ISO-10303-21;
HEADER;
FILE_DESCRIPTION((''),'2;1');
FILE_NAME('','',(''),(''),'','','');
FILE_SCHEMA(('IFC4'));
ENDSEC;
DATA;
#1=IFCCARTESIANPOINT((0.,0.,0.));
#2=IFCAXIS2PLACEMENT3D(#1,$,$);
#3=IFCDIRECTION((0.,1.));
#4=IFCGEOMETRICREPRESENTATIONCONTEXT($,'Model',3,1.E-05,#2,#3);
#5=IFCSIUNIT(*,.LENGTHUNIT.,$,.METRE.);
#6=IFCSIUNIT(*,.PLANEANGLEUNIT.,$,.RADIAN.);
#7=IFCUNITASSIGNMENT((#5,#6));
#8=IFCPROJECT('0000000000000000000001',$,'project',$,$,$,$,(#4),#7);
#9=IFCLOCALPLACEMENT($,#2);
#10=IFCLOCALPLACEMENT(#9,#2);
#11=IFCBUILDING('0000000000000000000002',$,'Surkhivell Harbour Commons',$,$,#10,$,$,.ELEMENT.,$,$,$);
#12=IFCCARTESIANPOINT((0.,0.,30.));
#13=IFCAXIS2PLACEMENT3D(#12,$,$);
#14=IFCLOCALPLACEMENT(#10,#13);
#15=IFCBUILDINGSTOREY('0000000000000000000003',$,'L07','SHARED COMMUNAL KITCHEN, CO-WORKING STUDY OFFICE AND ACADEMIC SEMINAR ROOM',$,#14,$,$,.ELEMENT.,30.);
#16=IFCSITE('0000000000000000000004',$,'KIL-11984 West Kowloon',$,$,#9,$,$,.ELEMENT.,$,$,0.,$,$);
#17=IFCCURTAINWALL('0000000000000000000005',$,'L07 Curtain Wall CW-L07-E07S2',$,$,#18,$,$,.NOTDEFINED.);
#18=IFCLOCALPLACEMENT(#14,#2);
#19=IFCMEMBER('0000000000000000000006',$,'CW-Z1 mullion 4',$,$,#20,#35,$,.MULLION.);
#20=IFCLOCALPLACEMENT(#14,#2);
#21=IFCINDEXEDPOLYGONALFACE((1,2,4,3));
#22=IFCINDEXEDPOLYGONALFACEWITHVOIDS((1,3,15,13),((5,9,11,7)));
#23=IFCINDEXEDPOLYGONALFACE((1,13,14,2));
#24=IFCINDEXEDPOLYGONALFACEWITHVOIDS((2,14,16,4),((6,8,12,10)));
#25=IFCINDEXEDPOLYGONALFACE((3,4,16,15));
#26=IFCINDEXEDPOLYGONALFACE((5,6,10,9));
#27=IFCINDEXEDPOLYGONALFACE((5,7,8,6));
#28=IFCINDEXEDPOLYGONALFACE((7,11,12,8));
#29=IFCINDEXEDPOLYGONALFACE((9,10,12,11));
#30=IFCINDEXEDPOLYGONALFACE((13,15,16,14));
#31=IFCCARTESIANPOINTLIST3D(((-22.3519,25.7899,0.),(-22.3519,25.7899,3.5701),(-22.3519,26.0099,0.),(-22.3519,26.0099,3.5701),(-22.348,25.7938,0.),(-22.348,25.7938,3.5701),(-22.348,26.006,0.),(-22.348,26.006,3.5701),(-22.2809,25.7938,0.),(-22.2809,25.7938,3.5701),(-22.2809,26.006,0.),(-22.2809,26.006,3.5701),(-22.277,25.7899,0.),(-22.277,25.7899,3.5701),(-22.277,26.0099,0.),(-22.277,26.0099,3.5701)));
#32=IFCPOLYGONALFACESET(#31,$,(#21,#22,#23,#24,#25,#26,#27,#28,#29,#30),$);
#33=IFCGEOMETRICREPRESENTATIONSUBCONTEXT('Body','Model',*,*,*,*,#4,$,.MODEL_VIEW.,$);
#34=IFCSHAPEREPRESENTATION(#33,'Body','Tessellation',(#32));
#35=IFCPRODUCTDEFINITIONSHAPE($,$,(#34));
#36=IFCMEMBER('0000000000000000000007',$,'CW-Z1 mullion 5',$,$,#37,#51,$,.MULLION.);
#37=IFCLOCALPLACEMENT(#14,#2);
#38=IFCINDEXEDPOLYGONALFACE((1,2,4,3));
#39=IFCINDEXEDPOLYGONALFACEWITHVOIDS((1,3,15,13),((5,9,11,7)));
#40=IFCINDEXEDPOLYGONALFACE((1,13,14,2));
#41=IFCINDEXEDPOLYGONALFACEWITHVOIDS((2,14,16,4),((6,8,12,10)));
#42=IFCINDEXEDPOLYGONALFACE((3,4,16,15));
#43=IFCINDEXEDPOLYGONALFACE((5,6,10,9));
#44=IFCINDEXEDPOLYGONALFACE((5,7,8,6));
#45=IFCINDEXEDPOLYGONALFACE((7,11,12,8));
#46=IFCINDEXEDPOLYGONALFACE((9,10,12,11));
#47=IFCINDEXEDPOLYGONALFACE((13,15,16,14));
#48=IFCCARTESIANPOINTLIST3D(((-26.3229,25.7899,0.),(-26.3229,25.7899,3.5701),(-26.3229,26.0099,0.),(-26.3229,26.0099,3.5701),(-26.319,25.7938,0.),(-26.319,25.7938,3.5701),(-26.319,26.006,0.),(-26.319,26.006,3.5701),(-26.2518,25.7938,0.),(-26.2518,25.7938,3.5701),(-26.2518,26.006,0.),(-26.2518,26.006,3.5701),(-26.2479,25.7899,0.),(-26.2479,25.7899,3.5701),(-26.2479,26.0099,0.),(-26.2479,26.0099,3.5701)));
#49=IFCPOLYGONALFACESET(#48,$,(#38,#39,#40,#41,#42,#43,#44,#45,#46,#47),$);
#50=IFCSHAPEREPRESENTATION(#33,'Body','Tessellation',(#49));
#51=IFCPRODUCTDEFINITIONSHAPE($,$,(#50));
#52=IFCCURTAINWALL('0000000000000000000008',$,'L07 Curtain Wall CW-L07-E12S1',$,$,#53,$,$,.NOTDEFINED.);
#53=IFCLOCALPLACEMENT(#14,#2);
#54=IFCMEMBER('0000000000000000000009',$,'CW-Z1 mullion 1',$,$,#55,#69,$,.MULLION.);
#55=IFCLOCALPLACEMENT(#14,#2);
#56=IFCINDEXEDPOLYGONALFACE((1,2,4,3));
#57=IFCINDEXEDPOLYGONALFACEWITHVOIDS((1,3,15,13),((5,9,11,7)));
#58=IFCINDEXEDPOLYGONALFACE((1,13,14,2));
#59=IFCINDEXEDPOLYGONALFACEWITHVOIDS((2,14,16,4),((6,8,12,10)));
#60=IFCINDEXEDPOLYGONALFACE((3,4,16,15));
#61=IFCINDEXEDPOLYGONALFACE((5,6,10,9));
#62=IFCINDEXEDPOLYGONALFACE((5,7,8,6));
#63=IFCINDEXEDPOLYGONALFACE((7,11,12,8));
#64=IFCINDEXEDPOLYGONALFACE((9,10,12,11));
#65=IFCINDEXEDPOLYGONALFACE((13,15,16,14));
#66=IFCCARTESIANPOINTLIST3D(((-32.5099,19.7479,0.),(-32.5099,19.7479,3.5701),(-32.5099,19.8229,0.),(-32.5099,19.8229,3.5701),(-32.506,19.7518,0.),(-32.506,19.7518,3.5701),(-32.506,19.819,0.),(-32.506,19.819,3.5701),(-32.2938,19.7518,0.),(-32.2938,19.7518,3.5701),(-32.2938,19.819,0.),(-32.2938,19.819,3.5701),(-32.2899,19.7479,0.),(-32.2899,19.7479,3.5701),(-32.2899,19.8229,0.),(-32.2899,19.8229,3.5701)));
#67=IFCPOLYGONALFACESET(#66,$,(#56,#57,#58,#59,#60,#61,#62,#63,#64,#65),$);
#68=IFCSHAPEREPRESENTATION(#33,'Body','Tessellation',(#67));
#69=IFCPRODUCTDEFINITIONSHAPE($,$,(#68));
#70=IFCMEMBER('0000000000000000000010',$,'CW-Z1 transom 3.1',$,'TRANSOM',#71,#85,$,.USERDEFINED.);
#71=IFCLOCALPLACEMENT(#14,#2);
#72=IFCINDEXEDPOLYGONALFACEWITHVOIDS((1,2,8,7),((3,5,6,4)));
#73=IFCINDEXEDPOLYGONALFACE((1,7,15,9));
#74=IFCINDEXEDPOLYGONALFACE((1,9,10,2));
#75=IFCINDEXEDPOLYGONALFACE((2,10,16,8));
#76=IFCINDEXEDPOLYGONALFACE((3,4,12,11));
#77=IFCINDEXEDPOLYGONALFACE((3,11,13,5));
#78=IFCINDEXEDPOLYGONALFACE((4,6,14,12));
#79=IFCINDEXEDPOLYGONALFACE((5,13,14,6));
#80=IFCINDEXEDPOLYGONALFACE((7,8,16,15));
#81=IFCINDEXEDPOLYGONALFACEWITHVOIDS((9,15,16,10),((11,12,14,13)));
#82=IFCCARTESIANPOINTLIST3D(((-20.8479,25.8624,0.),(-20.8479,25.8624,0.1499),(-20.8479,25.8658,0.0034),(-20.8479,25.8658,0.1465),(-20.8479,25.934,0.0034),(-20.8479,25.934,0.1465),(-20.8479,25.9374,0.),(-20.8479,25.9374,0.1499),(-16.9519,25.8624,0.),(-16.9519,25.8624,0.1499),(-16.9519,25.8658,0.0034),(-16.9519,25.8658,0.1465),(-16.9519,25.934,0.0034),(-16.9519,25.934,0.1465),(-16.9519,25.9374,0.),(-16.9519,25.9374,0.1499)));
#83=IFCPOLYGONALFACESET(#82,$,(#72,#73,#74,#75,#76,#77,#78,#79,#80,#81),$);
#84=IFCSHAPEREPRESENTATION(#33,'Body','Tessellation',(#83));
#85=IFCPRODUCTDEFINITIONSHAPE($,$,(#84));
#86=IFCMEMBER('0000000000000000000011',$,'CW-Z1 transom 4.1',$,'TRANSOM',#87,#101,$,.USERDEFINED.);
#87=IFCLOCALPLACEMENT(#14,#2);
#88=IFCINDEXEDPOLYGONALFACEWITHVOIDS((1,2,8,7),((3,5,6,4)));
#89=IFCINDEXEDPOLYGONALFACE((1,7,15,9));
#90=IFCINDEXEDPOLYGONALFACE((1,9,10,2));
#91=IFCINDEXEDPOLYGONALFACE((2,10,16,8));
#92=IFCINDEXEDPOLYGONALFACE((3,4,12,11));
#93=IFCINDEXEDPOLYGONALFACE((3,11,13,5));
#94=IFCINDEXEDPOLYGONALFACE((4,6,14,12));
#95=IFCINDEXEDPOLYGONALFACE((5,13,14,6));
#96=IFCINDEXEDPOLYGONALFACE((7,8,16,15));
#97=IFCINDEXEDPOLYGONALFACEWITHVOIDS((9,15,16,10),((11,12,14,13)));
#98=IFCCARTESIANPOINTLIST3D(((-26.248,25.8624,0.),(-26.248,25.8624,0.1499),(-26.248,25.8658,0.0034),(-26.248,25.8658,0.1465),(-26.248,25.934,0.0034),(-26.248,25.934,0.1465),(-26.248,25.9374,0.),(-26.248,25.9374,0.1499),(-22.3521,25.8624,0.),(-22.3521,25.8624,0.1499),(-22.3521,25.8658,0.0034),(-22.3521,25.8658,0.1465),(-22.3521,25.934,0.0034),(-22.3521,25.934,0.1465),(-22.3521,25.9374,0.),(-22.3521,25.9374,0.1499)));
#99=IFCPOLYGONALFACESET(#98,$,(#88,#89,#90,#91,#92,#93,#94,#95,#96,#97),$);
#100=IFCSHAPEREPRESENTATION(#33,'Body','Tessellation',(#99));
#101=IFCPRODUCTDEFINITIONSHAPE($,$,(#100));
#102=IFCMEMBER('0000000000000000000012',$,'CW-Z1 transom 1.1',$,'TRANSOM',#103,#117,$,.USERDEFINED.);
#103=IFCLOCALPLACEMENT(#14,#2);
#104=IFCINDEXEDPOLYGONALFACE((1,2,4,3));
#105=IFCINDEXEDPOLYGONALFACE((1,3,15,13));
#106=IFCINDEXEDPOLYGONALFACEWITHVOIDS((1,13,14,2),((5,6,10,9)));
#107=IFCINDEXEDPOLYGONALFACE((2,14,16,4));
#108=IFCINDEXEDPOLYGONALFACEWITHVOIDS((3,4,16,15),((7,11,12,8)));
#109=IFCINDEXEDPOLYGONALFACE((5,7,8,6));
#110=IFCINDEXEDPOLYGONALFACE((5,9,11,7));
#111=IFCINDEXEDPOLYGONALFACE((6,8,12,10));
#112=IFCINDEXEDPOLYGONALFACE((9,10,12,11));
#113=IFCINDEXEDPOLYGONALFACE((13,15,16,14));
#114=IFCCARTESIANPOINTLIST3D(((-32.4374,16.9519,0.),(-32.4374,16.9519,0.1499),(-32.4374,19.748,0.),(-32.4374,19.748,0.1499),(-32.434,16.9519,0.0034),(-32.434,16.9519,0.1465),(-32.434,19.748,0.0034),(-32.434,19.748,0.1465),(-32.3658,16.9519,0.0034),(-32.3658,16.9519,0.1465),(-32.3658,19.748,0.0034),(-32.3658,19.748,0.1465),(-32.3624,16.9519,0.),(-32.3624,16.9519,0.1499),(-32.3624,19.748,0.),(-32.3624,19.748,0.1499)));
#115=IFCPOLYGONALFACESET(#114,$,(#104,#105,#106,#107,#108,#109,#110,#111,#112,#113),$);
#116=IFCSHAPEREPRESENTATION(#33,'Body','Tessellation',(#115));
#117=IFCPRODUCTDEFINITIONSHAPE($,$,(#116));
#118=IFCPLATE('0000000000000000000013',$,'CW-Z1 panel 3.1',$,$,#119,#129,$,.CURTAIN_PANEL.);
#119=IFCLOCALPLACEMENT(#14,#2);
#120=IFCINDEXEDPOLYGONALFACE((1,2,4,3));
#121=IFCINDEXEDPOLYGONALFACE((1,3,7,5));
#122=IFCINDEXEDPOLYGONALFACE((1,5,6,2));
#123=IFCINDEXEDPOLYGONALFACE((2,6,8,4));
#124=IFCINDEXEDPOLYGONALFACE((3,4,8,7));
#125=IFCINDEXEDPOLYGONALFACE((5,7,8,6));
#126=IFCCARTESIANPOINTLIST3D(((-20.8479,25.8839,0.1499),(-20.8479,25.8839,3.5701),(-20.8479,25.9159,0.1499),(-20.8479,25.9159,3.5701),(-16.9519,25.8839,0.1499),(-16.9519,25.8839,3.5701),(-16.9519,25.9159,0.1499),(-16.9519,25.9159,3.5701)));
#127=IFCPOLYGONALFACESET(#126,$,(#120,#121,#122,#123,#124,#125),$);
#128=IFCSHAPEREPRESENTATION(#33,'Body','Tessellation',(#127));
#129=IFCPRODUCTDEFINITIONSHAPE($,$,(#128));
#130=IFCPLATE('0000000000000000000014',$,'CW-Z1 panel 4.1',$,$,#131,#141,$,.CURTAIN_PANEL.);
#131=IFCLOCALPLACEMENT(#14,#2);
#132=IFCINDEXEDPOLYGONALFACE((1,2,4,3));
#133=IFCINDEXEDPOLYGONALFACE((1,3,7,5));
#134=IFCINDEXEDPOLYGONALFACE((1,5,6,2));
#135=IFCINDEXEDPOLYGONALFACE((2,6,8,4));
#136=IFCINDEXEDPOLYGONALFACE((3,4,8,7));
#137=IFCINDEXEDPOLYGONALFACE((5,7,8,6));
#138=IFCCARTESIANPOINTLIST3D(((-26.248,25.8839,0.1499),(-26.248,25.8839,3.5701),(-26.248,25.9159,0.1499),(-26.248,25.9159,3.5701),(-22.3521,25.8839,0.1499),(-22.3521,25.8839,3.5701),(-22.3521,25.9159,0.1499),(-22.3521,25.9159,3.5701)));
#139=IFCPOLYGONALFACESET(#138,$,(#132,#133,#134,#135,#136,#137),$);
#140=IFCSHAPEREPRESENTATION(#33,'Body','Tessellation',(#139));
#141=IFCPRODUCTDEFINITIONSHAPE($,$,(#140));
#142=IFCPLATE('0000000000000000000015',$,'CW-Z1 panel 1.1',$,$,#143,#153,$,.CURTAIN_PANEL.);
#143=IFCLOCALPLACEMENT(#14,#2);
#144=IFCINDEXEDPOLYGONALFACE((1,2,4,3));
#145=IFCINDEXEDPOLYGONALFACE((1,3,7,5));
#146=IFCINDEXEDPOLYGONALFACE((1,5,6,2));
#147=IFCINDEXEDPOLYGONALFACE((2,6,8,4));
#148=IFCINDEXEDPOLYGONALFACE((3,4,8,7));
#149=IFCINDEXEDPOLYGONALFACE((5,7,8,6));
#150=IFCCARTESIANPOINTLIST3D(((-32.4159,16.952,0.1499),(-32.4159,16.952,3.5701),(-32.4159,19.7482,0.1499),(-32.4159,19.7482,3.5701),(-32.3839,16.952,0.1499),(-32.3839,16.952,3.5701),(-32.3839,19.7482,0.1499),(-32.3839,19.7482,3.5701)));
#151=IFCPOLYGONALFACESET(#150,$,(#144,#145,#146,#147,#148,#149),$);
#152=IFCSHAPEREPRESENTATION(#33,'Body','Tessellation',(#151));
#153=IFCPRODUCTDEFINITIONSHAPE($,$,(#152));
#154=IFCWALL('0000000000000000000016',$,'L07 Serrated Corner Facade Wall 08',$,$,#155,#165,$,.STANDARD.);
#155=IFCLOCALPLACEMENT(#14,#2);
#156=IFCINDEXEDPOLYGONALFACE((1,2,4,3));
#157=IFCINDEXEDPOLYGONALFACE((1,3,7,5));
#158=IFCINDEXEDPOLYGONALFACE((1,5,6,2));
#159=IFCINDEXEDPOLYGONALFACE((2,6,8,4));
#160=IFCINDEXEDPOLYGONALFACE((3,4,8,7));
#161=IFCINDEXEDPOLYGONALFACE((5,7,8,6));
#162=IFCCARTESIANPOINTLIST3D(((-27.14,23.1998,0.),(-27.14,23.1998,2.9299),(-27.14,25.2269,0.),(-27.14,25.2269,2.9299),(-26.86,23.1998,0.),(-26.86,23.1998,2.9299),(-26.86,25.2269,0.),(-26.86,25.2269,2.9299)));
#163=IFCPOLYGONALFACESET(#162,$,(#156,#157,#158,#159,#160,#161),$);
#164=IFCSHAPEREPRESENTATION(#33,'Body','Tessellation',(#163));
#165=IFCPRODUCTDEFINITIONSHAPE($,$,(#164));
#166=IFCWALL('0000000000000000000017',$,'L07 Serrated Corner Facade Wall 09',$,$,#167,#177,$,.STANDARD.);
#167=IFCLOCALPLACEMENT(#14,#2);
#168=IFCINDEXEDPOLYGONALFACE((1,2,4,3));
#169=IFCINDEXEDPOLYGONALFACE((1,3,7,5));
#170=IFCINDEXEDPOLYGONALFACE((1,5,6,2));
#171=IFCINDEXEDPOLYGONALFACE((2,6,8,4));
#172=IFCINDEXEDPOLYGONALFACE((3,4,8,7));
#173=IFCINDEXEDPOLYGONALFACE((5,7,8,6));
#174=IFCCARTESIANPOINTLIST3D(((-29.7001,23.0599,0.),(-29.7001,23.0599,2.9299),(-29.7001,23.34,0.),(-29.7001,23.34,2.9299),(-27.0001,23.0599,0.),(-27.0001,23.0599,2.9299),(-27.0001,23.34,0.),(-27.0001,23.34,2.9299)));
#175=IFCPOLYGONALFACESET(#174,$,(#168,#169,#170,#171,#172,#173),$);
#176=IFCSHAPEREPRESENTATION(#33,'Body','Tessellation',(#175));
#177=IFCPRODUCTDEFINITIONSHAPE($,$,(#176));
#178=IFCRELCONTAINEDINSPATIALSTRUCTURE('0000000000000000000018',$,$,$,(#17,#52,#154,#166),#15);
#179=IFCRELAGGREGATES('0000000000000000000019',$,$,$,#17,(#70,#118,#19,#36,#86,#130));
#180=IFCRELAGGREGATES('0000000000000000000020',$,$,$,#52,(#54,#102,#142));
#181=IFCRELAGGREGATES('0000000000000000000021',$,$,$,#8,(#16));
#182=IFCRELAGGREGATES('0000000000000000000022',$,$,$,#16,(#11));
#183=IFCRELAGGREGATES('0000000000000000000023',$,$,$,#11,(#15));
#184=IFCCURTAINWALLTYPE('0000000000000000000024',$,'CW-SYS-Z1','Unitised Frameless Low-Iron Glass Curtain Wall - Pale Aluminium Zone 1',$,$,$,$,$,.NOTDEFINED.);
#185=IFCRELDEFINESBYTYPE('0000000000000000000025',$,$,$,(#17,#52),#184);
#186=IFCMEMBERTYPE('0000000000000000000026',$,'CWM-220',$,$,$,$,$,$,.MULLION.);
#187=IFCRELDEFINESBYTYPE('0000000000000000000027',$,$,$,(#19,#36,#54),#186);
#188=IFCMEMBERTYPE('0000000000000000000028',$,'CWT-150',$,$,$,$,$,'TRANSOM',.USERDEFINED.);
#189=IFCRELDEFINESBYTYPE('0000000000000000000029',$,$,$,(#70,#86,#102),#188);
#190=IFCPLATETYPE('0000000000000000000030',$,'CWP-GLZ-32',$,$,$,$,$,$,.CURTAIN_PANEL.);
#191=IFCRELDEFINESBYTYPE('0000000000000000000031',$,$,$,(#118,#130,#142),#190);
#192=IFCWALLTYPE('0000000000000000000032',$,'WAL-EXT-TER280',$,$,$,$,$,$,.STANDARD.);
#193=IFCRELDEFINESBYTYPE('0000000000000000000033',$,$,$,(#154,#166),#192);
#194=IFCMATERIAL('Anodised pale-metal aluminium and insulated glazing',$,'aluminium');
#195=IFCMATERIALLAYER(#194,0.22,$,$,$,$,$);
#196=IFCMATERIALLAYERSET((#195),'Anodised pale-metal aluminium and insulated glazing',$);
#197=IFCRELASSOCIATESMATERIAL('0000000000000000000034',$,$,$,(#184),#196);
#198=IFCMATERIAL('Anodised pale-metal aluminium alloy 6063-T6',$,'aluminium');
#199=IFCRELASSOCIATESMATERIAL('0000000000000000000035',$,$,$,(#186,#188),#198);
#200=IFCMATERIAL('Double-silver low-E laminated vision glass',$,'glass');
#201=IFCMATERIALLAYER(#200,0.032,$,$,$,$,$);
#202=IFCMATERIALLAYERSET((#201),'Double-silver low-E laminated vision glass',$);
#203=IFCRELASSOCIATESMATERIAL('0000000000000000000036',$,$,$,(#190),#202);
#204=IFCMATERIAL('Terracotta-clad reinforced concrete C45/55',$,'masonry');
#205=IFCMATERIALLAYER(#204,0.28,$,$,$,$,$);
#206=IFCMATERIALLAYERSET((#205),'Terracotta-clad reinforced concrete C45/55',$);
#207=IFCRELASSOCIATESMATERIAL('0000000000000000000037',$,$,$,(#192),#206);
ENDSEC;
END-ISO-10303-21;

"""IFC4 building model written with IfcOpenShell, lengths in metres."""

from ifc_helpers import new_model, si_unit, direction, frame, frame_2d, origin, origin_2d, place, context, subcontext, project, spatial, rectangle, hollow_rectangle, extrude, material, layer, layer_set, material_profile, profile_set, type_object, element, aggregate, save


model = new_model("IFC4")

# Units and contexts
model_context = context("Model", 3, precision=1e-05, world=origin(), true_north=direction((0.0, 1.0)))
body_context = subcontext(model_context, "Body", "Model", "MODEL_VIEW")
ifc_project = project(units=[si_unit("LENGTHUNIT", "METRE"), si_unit("PLANEANGLEUNIT", "RADIAN")], contexts=[model_context])

# Site, building, storey
site_placement = place(None, origin())
site = spatial("IfcSite", under=ifc_project, at=site_placement, Name="KIL-11984 West Kowloon", CompositionType="ELEMENT", RefElevation=0.0)
building_placement = place(site_placement, origin())
building = spatial("IfcBuilding", under=site, at=building_placement, Name="Surkhivell Harbour Commons", CompositionType="ELEMENT")
storey_placement = place(building_placement, frame((0.0, 0.0, 30.0)))
storey = spatial("IfcBuildingStorey", under=building, at=storey_placement, Name="L07", Description="SHARED COMMUNAL KITCHEN, CO-WORKING STUDY OFFICE AND ACADEMIC SEMINAR ROOM", CompositionType="ELEMENT", Elevation=30.0)

# Curtain wall, members
ifc_material_1 = material(Name="Anodised pale-metal aluminium and insulated glazing", Category="aluminium")
ifc_layer_1 = layer(ifc_material_1, 0.22)
ifc_layer_set_1 = layer_set([ifc_layer_1], Name="Anodised pale-metal aluminium and insulated glazing")
curtain_wall_type = type_object("IfcCurtainWallType", Name="CW-SYS-Z1", Description="Unitised Frameless Low-Iron Glass Curtain Wall - Pale Aluminium Zone 1", PredefinedType="NOTDEFINED", material=ifc_layer_set_1)
curtain_wall_1_placement = place(storey_placement, origin())
curtain_wall_1 = element("IfcCurtainWall", 1, at=curtain_wall_1_placement, inside=storey, type_object=curtain_wall_type, Name="L07 Curtain Wall CW-L07-E07S2", PredefinedType="NOTDEFINED")
ifc_material_2 = material(Name="Anodised pale-metal aluminium alloy 6063-T6", Category="aluminium")
ifc_material_profile_1 = material_profile(ifc_material_2, hollow_rectangle(XDim=0.075, YDim=0.22, WallThickness=0.0039, at=origin_2d()), Name="ALU-MULL-75x220")
ifc_profile_set_1 = profile_set([ifc_material_profile_1], Name="Anodised pale-metal aluminium alloy 6063-T6")
member_type_1 = type_object("IfcMemberType", Name="CWM-220", PredefinedType="MULLION", material=ifc_profile_set_1)
member_1_placement = place(storey_placement, frame((-22.3145, 25.8999, 0.0), z_axis=(0.0, 0.0, 1.0), x_axis=(-1.0, 0.0, 0.0)))
member_1 = element("IfcMember", 2, at=member_1_placement, type_object=member_type_1, Name="CW-Z1 mullion 4", PredefinedType="MULLION", context=body_context, shape_type="SweptSolid", body=[
    extrude(hollow_rectangle(XDim=0.075, YDim=0.22, WallThickness=0.0039, at=origin_2d()), origin(), (0.0, 0.0, 1.0), 3.5701),
])
member_2_placement = place(storey_placement, frame((-26.2854, 25.8999, 0.0), z_axis=(0.0, 0.0, 1.0), x_axis=(-1.0, 0.0, 0.0)))
member_2 = element("IfcMember", 3, at=member_2_placement, type_object=member_type_1, Name="CW-Z1 mullion 5", PredefinedType="MULLION", context=body_context, shape_type="SweptSolid", body=[
    extrude(hollow_rectangle(XDim=0.075, YDim=0.22, WallThickness=0.0039, at=origin_2d()), origin(), (0.0, 0.0, 1.0), 3.5701),
])

# Curtain wall, member
curtain_wall_2_placement = place(storey_placement, origin())
curtain_wall_2 = element("IfcCurtainWall", 4, at=curtain_wall_2_placement, inside=storey, type_object=curtain_wall_type, Name="L07 Curtain Wall CW-L07-E12S1", PredefinedType="NOTDEFINED")
member_3_placement = place(storey_placement, frame((-32.3999, 19.7854, 0.0), z_axis=(0.0, 0.0, 1.0), x_axis=(0.0, -1.0, 0.0)))
member_3 = element("IfcMember", 5, at=member_3_placement, type_object=member_type_1, Name="CW-Z1 mullion 1", PredefinedType="MULLION", context=body_context, shape_type="SweptSolid", body=[
    extrude(hollow_rectangle(XDim=0.075, YDim=0.22, WallThickness=0.0039, at=origin_2d()), origin(), (0.0, 0.0, 1.0), 3.5701),
])

# Members
ifc_material_profile_2 = material_profile(ifc_material_2, hollow_rectangle(XDim=0.075, YDim=0.1499, WallThickness=0.0034, at=origin_2d()), Name="ALU-TRAN-75x150")
ifc_profile_set_2 = profile_set([ifc_material_profile_2], Name="Anodised pale-metal aluminium alloy 6063-T6")
member_type_2 = type_object("IfcMemberType", Name="CWT-150", ElementType="TRANSOM", PredefinedType="USERDEFINED", material=ifc_profile_set_2)
member_4_placement = place(storey_placement, frame((-16.9519, 25.8999, 0.075), z_axis=(-1.0, 0.0, 0.0), x_axis=(0.0, -1.0, 0.0)))
member_4 = element("IfcMember", 6, at=member_4_placement, type_object=member_type_2, Name="CW-Z1 transom 3.1", ObjectType="TRANSOM", PredefinedType="USERDEFINED", context=body_context, shape_type="SweptSolid", body=[
    extrude(hollow_rectangle(XDim=0.075, YDim=0.1499, WallThickness=0.0034, at=origin_2d()), origin(), (0.0, 0.0, 1.0), 3.896),
])
member_5_placement = place(storey_placement, frame((-22.3521, 25.8999, 0.075), z_axis=(-1.0, 0.0, 0.0), x_axis=(0.0, -1.0, 0.0)))
member_5 = element("IfcMember", 7, at=member_5_placement, type_object=member_type_2, Name="CW-Z1 transom 4.1", ObjectType="TRANSOM", PredefinedType="USERDEFINED", context=body_context, shape_type="SweptSolid", body=[
    extrude(hollow_rectangle(XDim=0.075, YDim=0.1499, WallThickness=0.0034, at=origin_2d()), origin(), (0.0, 0.0, 1.0), 3.896),
])
member_6_placement = place(storey_placement, frame((-32.3999, 19.748, 0.075), z_axis=(0.0, -1.0, 0.0), x_axis=(1.0, 0.0, 0.0)))
member_6 = element("IfcMember", 8, at=member_6_placement, type_object=member_type_2, Name="CW-Z1 transom 1.1", ObjectType="TRANSOM", PredefinedType="USERDEFINED", context=body_context, shape_type="SweptSolid", body=[
    extrude(hollow_rectangle(XDim=0.075, YDim=0.1499, WallThickness=0.0034, at=origin_2d()), origin(), (0.0, 0.0, 1.0), 2.7961),
])

# Plates
ifc_material_3 = material(Name="Double-silver low-E laminated vision glass", Category="glass")
ifc_layer_2 = layer(ifc_material_3, 0.032)
ifc_layer_set_2 = layer_set([ifc_layer_2], Name="Double-silver low-E laminated vision glass")
plate_type = type_object("IfcPlateType", Name="CWP-GLZ-32", PredefinedType="CURTAIN_PANEL", material=ifc_layer_set_2)
plate_1_placement = place(storey_placement, frame((-16.9519, 25.8999, 0.1499), z_axis=(0.0, 0.0, 1.0), x_axis=(-1.0, 0.0, 0.0)))
plate_1 = element("IfcPlate", 9, at=plate_1_placement, type_object=plate_type, Name="CW-Z1 panel 3.1", PredefinedType="CURTAIN_PANEL", context=body_context, shape_type="SweptSolid", body=[
    extrude(rectangle(XDim=3.896, YDim=0.032, at=frame_2d((1.948, 0.0))), origin(), (0.0, 0.0, 1.0), 3.4202),
])
plate_2_placement = place(storey_placement, frame((-22.3521, 25.8999, 0.1499), z_axis=(0.0, 0.0, 1.0), x_axis=(-1.0, 0.0, 0.0)))
plate_2 = element("IfcPlate", 10, at=plate_2_placement, type_object=plate_type, Name="CW-Z1 panel 4.1", PredefinedType="CURTAIN_PANEL", context=body_context, shape_type="SweptSolid", body=[
    extrude(rectangle(XDim=3.896, YDim=0.032, at=frame_2d((1.948, 0.0))), origin(), (0.0, 0.0, 1.0), 3.4202),
])
aggregate(curtain_wall_1, [member_4, plate_1, member_1, member_2, member_5, plate_2])
plate_3_placement = place(storey_placement, frame((-32.3999, 19.748, 0.1499), z_axis=(0.0, 0.0, 1.0), x_axis=(0.0, -1.0, 0.0)))
plate_3 = element("IfcPlate", 11, at=plate_3_placement, type_object=plate_type, Name="CW-Z1 panel 1.1", PredefinedType="CURTAIN_PANEL", context=body_context, shape_type="SweptSolid", body=[
    extrude(rectangle(XDim=2.7961, YDim=0.032, at=frame_2d((1.3979, 0.0))), origin(), (0.0, 0.0, 1.0), 3.4202),
])
aggregate(curtain_wall_2, [member_3, member_6, plate_3])

# Walls
ifc_material_4 = material(Name="Terracotta-clad reinforced concrete C45/55", Category="masonry")
ifc_layer_3 = layer(ifc_material_4, 0.28)
ifc_layer_set_3 = layer_set([ifc_layer_3], Name="Terracotta-clad reinforced concrete C45/55")
wall_type = type_object("IfcWallType", Name="WAL-EXT-TER280", PredefinedType="STANDARD", material=ifc_layer_set_3)
wall_1_placement = place(storey_placement, frame((-27.0, 25.2271, 0.0), z_axis=(0.0, 0.0, 1.0), x_axis=(0.0, -1.0, 0.0)))
element("IfcWall", 12, at=wall_1_placement, inside=storey, type_object=wall_type, Name="L07 Serrated Corner Facade Wall 08", PredefinedType="STANDARD", context=body_context, shape_type="SweptSolid", body=[
    extrude(rectangle(XDim=2.0271, YDim=0.28, at=frame_2d((1.0137, 0.0))), origin(), (0.0, 0.0, 1.0), 2.9299),
])
wall_2_placement = place(storey_placement, frame((-27.0, 23.2, 0.0), z_axis=(0.0, 0.0, 1.0), x_axis=(-1.0, 0.0, 0.0)))
element("IfcWall", 13, at=wall_2_placement, inside=storey, type_object=wall_type, Name="L07 Serrated Corner Facade Wall 09", PredefinedType="STANDARD", context=body_context, shape_type="SweptSolid", body=[
    extrude(rectangle(XDim=2.7, YDim=0.28, at=frame_2d((1.3501, 0.0))), origin(), (0.0, 0.0, 1.0), 2.9299),
])

save(model, "model.ifc")
